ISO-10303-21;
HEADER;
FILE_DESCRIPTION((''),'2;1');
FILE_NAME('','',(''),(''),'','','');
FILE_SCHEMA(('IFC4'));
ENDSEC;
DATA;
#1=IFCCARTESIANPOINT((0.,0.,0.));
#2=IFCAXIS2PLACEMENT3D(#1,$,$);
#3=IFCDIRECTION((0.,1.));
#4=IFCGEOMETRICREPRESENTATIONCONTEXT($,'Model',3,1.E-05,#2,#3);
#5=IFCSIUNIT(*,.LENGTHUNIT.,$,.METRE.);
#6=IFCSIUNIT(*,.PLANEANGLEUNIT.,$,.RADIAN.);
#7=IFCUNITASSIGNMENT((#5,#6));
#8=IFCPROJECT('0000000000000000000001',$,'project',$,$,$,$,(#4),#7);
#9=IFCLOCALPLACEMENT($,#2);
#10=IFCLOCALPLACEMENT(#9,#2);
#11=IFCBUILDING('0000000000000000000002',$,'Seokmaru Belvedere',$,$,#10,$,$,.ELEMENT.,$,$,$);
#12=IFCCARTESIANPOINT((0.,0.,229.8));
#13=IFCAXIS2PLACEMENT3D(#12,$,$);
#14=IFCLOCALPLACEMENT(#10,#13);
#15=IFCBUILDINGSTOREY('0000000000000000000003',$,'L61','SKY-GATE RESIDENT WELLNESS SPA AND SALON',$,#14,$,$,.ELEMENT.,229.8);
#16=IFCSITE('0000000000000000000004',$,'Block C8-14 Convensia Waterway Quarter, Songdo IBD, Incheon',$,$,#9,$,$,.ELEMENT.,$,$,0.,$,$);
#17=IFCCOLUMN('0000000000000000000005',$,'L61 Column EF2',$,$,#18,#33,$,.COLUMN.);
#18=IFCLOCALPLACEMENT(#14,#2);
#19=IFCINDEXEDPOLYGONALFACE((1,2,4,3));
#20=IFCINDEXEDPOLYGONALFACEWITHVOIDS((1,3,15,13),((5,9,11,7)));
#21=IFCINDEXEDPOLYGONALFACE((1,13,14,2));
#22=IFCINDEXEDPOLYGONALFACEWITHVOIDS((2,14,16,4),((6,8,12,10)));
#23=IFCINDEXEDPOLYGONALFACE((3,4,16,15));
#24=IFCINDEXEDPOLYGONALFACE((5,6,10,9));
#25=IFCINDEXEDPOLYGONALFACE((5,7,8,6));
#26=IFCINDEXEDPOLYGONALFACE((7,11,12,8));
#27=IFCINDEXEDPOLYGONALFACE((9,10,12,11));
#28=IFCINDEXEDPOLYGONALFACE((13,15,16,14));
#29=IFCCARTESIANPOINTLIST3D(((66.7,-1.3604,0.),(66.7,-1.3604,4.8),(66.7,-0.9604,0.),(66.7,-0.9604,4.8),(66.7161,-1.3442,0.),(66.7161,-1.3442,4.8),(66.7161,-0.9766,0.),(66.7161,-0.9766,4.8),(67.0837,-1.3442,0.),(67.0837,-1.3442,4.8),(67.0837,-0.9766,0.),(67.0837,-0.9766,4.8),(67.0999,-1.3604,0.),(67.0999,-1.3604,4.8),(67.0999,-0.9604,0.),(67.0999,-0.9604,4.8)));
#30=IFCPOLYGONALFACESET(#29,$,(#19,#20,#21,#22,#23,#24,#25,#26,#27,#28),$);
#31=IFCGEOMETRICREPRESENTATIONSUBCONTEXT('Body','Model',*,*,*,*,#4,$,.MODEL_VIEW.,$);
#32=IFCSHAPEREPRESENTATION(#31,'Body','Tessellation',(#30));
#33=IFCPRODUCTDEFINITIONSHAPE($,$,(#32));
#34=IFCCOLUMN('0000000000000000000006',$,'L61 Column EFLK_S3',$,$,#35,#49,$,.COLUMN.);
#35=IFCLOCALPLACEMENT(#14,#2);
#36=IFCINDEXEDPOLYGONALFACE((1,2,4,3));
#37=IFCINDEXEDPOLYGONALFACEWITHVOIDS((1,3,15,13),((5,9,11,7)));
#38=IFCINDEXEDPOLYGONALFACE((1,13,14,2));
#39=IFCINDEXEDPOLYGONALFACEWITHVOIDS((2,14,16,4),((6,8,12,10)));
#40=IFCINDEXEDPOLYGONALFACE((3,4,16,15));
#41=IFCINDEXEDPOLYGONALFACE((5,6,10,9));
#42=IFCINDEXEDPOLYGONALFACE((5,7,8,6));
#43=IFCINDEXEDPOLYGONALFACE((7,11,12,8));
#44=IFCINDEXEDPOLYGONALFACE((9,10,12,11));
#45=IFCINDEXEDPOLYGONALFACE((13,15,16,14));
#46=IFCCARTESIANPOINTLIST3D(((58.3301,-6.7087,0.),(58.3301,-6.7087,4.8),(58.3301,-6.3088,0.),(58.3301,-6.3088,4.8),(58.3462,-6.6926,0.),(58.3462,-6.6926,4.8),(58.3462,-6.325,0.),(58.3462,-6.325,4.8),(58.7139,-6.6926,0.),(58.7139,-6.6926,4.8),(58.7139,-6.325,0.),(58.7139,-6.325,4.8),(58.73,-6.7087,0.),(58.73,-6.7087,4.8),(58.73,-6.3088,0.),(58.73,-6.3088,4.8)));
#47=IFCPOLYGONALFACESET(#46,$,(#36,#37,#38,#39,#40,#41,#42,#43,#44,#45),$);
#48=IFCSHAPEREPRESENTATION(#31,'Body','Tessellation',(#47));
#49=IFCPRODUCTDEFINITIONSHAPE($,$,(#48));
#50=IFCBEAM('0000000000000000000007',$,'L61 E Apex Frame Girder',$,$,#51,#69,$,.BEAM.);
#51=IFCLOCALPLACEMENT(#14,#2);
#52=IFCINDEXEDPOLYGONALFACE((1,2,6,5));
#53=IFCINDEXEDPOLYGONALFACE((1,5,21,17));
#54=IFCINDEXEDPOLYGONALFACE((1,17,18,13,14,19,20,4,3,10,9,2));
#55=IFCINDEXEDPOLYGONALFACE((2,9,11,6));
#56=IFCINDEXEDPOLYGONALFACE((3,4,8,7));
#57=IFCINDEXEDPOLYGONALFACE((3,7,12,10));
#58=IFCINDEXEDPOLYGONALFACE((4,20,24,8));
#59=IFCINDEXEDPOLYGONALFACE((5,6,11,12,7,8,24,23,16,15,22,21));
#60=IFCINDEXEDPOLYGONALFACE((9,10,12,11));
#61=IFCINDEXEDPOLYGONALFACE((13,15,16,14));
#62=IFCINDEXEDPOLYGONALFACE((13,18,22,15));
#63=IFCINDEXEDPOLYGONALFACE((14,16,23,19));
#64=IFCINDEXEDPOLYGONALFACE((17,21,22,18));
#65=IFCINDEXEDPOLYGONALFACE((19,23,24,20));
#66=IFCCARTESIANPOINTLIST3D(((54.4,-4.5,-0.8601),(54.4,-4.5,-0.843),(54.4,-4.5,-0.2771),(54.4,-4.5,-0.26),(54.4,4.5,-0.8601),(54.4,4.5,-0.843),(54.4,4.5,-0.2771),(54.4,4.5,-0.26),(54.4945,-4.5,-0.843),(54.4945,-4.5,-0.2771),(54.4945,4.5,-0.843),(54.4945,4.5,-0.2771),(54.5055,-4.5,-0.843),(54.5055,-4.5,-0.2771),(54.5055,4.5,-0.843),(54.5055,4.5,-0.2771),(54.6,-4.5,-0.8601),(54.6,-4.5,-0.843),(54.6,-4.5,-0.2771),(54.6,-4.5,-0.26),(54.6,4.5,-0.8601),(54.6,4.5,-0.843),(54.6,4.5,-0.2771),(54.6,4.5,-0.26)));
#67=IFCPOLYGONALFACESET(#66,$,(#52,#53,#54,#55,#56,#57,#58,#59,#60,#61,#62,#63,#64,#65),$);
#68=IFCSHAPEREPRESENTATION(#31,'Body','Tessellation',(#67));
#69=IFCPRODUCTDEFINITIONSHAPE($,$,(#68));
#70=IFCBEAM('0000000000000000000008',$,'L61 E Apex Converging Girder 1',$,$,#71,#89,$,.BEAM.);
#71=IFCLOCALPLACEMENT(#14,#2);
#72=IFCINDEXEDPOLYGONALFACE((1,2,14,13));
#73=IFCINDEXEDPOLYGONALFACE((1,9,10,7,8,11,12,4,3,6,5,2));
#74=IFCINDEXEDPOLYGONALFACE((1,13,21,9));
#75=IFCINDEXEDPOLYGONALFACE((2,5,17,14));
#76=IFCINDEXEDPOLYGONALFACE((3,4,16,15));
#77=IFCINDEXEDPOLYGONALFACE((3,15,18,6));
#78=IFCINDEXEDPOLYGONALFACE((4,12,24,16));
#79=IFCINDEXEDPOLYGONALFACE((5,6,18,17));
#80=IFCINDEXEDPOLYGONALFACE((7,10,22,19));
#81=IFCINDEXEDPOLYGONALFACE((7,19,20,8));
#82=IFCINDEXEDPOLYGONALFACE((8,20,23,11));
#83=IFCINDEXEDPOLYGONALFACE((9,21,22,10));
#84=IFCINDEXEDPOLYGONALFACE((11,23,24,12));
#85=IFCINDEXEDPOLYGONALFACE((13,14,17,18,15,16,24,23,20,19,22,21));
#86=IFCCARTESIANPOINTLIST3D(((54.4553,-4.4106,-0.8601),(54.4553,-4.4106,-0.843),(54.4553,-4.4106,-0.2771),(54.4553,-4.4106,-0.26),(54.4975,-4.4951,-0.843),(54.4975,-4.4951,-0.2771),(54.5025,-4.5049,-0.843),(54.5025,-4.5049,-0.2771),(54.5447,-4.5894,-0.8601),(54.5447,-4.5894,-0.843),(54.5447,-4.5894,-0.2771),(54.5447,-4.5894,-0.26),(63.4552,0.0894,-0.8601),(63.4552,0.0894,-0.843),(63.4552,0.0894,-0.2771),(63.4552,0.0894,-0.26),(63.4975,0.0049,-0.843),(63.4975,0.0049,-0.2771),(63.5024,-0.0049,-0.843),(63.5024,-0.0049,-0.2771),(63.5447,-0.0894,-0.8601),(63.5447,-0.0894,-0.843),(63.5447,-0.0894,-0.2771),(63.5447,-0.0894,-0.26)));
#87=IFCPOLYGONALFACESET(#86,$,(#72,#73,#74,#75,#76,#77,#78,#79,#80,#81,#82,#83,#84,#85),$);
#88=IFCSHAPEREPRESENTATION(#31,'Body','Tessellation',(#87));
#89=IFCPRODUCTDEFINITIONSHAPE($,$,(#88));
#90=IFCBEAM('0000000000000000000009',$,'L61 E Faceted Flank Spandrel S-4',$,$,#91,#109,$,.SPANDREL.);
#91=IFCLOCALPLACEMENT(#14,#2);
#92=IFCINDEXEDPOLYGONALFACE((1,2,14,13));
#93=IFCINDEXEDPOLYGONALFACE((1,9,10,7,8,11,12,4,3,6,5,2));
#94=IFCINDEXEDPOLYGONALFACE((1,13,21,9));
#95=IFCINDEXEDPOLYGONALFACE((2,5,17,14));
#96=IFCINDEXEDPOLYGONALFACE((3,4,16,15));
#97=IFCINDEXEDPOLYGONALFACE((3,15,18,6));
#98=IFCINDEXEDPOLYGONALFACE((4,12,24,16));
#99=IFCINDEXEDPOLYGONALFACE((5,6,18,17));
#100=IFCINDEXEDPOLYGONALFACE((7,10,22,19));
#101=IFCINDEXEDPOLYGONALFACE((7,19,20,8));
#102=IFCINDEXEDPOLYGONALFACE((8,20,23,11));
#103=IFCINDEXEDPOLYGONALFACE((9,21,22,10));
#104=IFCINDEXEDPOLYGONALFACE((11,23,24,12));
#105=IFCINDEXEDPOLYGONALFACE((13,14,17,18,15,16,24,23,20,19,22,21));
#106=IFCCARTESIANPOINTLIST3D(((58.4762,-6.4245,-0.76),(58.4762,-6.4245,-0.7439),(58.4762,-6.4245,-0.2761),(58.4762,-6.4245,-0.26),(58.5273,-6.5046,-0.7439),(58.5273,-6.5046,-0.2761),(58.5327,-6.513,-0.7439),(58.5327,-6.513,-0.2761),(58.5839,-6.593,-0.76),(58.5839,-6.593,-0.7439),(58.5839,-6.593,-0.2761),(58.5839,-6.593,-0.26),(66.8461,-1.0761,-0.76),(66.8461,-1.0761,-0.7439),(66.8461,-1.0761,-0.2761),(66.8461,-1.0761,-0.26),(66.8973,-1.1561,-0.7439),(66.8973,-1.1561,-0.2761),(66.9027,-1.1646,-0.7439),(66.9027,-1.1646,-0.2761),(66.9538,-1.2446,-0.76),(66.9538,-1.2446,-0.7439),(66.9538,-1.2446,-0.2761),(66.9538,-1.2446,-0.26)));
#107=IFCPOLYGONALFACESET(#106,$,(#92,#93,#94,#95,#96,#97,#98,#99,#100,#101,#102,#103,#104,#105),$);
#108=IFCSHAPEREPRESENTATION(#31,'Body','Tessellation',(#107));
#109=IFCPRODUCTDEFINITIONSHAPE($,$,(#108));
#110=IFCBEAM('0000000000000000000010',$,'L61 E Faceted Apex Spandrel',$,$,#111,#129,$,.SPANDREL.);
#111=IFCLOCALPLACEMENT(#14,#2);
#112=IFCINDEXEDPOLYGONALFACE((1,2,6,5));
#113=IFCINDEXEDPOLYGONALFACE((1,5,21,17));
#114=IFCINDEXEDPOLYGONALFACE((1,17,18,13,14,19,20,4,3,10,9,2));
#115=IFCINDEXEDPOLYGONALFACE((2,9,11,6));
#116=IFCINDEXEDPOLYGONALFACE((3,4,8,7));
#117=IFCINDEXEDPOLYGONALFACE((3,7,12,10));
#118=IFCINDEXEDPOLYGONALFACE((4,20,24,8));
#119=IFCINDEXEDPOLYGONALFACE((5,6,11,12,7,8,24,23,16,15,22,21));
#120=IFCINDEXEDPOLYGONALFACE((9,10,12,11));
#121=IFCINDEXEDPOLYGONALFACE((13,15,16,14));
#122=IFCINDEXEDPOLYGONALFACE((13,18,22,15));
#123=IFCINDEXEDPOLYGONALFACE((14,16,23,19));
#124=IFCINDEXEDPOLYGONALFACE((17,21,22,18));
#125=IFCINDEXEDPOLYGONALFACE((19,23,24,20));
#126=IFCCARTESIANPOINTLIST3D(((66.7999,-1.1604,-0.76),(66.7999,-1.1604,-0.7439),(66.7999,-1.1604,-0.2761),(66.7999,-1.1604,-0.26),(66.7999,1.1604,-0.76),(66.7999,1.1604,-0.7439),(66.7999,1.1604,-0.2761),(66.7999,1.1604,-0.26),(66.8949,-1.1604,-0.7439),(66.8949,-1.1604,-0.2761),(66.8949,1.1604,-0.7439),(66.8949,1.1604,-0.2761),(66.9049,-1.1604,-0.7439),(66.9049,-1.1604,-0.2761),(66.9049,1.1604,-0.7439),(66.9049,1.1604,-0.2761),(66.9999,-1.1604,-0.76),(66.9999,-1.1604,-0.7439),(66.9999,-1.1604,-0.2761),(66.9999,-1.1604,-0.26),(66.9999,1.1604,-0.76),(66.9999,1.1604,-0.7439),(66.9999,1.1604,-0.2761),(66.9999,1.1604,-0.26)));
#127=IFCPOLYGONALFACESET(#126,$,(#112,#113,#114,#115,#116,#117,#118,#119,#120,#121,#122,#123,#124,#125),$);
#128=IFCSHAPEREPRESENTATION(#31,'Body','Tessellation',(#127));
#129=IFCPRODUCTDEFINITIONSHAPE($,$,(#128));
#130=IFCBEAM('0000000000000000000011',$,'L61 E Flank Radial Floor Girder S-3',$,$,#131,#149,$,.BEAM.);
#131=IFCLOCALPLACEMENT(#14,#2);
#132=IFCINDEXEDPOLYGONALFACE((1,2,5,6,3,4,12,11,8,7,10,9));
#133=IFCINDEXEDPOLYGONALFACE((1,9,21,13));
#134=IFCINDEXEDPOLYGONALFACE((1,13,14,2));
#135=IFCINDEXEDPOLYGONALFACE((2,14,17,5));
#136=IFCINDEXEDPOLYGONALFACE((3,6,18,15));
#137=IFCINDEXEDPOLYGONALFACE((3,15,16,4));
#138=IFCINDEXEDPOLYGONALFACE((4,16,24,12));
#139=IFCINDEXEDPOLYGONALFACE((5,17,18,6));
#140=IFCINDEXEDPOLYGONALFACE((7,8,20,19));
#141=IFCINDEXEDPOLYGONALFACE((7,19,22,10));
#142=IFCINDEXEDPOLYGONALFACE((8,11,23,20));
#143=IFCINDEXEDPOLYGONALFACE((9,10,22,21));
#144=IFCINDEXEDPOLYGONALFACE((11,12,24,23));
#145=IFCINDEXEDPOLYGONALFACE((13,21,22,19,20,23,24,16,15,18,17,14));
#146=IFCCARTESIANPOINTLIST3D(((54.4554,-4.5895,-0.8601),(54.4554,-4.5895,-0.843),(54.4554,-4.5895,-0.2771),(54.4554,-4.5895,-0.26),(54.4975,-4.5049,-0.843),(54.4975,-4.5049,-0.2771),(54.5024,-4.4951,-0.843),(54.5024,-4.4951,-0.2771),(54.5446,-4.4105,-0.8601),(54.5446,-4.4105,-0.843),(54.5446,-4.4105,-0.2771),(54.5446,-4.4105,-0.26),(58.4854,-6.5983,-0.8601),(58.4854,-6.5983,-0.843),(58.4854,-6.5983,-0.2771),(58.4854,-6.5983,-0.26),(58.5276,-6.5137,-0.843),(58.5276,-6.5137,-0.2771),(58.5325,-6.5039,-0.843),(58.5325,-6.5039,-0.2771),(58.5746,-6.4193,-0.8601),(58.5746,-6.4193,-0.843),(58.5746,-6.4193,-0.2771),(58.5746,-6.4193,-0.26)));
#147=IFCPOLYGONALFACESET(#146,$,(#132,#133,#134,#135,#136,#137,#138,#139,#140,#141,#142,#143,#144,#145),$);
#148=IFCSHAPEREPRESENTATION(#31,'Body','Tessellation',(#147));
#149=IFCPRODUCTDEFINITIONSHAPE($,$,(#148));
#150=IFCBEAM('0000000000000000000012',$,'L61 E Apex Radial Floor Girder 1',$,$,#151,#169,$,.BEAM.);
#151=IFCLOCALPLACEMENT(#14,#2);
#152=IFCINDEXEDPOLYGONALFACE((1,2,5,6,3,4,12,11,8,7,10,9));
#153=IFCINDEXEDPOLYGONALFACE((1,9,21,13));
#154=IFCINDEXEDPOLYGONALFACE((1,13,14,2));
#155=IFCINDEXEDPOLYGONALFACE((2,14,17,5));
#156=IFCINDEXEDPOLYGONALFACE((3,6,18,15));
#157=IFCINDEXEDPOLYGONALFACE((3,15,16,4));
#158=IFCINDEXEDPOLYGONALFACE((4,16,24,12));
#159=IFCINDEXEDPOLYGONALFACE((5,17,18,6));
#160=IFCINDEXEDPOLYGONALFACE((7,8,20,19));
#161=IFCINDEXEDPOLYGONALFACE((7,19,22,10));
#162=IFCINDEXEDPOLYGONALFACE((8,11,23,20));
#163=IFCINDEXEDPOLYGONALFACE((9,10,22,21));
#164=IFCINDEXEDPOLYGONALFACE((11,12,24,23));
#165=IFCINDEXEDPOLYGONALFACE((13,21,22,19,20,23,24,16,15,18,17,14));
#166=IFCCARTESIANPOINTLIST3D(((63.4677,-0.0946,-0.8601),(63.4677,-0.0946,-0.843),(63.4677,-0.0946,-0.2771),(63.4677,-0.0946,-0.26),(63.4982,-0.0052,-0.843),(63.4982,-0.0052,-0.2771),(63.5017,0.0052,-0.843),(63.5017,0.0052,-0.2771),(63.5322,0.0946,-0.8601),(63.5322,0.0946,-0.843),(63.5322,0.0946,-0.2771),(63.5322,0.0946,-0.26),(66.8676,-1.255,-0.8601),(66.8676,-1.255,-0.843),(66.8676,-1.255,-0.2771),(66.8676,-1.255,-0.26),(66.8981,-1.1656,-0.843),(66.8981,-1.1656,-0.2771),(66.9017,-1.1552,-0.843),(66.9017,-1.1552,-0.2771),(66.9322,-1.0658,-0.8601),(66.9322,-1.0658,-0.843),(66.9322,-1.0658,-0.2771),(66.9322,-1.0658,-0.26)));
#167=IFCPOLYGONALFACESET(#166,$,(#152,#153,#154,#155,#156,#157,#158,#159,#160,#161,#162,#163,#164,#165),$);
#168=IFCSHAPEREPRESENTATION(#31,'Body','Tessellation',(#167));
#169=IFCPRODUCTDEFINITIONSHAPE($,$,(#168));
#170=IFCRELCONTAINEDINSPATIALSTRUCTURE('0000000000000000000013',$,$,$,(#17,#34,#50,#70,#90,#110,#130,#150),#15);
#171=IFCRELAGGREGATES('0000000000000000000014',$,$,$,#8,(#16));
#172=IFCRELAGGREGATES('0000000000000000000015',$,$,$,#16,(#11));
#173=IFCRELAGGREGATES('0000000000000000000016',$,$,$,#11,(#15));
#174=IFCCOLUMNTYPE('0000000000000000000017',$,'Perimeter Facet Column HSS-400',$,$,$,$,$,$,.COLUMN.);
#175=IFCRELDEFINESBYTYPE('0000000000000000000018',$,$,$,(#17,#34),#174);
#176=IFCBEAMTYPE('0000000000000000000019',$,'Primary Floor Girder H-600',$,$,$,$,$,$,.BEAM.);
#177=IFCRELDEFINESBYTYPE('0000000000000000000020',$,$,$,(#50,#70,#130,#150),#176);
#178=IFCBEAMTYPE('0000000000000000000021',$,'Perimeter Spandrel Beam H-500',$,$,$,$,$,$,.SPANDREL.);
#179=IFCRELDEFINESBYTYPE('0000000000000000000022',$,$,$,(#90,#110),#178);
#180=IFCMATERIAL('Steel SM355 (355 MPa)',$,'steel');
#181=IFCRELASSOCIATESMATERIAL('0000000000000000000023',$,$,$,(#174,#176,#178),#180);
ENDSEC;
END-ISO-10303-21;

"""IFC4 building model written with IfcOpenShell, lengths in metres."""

from ifc_helpers import new_model, si_unit, direction, frame, origin, origin_2d, place, context, subcontext, project, spatial, hollow_rectangle, i_section, extrude, source, transform, mapped, material, material_profile, profile_set, type_object, type_shapes, element, save


model = new_model("IFC4")

# Units and contexts
model_context = context("Model", 3, precision=1e-05, world=origin(), true_north=direction((0.0, 1.0)))
body_context = subcontext(model_context, "Body", "Model", "MODEL_VIEW")
ifc_project = project(units=[si_unit("LENGTHUNIT", "METRE"), si_unit("PLANEANGLEUNIT", "RADIAN")], contexts=[model_context])

# Site, building, storey
site_placement = place(None, origin())
site = spatial("IfcSite", under=ifc_project, at=site_placement, Name="Block C8-14 Convensia Waterway Quarter, Songdo IBD, Incheon", CompositionType="ELEMENT", RefElevation=0.0)
building_placement = place(site_placement, origin())
building = spatial("IfcBuilding", under=site, at=building_placement, Name="Seokmaru Belvedere", CompositionType="ELEMENT")
storey_placement = place(building_placement, frame((0.0, 0.0, 229.8)))
storey = spatial("IfcBuildingStorey", under=building, at=storey_placement, Name="L61", Description="SKY-GATE RESIDENT WELLNESS SPA AND SALON", CompositionType="ELEMENT", Elevation=229.8)

# Columns
ifc_material_1 = material(Name="Steel SM355 (355 MPa)", Category="steel")
ifc_material_profile_1 = material_profile(ifc_material_1, hollow_rectangle(XDim=0.3999, YDim=0.3999, WallThickness=0.0161, at=origin_2d()), Name="HSS-400x400x16")
ifc_profile_set_1 = profile_set([ifc_material_profile_1], Name="Steel SM355 (355 MPa)")
column_type = type_object("IfcColumnType", Name="Perimeter Facet Column HSS-400", PredefinedType="COLUMN", material=ifc_profile_set_1)
shared_shape_1 = source(origin(), body_context, "Body", "SweptSolid", [
    extrude(hollow_rectangle(XDim=0.3999, YDim=0.3999, WallThickness=0.0161, at=origin_2d()), origin(), (0.0, 0.0, 1.0), 4.8),
])
type_shapes(column_type, [shared_shape_1])
for number, where, z_axis, x_axis, name in (
    (1, (66.8999, -1.1604, 0.0), (0.0, 0.0, 1.0), (1.0, 0.0, 0.0), "L61 Column EF2"),
    (2, (58.53, -6.5088, 0.0), (0.0, 0.0, 1.0), (1.0, 0.0, 0.0), "L61 Column EFLK_S3"),
):
    element("IfcColumn", number, at=place(storey_placement, frame(where, z_axis=z_axis, x_axis=x_axis)), inside=storey, type_object=column_type, Name=name, PredefinedType="COLUMN", context=body_context, shape_type="MappedRepresentation", body=[
        mapped(shared_shape_1, transform((0.0, 0.0, 0.0), scale=1.0)),
    ])

# Beams
ifc_material_profile_2 = material_profile(ifc_material_1, i_section(OverallWidth=0.2, OverallDepth=0.6001, WebThickness=0.011, FlangeThickness=0.0171, at=origin_2d()), Name="H-600x200x11x17")
ifc_profile_set_2 = profile_set([ifc_material_profile_2], Name="Steel SM355 (355 MPa)")
beam_type_1 = type_object("IfcBeamType", Name="Primary Floor Girder H-600", PredefinedType="BEAM", material=ifc_profile_set_2)
shared_shape_2 = source(origin(), body_context, "Body", "SweptSolid", [
    extrude(i_section(OverallWidth=0.2, OverallDepth=0.6001, WebThickness=0.011, FlangeThickness=0.0171, at=origin_2d()), origin(), (0.0, 0.0, 1.0), 9.0),
])
beam_1_placement = place(storey_placement, frame((54.5, -4.5, -0.5601), z_axis=(0.0, 1.0, 0.0), x_axis=(-1.0, 0.0, 0.0)))
element("IfcBeam", 3, at=beam_1_placement, inside=storey, type_object=beam_type_1, Name="L61 E Apex Frame Girder", PredefinedType="BEAM", context=body_context, shape_type="MappedRepresentation", body=[
    mapped(shared_shape_2, transform((0.0, 0.0, 0.0), scale=1.0)),
])
shared_shape_3 = source(origin(), body_context, "Body", "SweptSolid", [
    extrude(i_section(OverallWidth=0.2, OverallDepth=0.6001, WebThickness=0.011, FlangeThickness=0.0171, at=origin_2d()), origin(), (0.0, 0.0, 1.0), 10.0623),
])
beam_2_placement = place(storey_placement, frame((54.5, -4.5, -0.5601), z_axis=(0.894427, 0.447214, 0.0), x_axis=(-0.447214, 0.894427, 0.0)))
element("IfcBeam", 4, at=beam_2_placement, inside=storey, type_object=beam_type_1, Name="L61 E Apex Converging Girder 1", PredefinedType="BEAM", context=body_context, shape_type="MappedRepresentation", body=[
    mapped(shared_shape_3, transform((0.0, 0.0, 0.0), scale=1.0)),
])
ifc_material_profile_3 = material_profile(ifc_material_1, i_section(OverallWidth=0.2, OverallDepth=0.5, WebThickness=0.01, FlangeThickness=0.0161, at=origin_2d()), Name="H-500x200x10x16")
ifc_profile_set_3 = profile_set([ifc_material_profile_3], Name="Steel SM355 (355 MPa)")
beam_type_2 = type_object("IfcBeamType", Name="Perimeter Spandrel Beam H-500", PredefinedType="SPANDREL", material=ifc_profile_set_3)
shared_shape_4 = source(origin(), body_context, "Body", "SweptSolid", [
    extrude(i_section(OverallWidth=0.2, OverallDepth=0.5, WebThickness=0.01, FlangeThickness=0.0161, at=origin_2d()), origin(), (0.0, 0.0, 1.0), 9.9329),
])
beam_3_placement = place(storey_placement, frame((58.53, -6.5088, -0.51), z_axis=(0.842652, 0.538459, 0.0), x_axis=(-0.538459, 0.842652, 0.0)))
element("IfcBeam", 5, at=beam_3_placement, inside=storey, type_object=beam_type_2, Name="L61 E Faceted Flank Spandrel S-4", PredefinedType="SPANDREL", context=body_context, shape_type="MappedRepresentation", body=[
    mapped(shared_shape_4, transform((0.0, 0.0, 0.0), scale=1.0)),
])
shared_shape_5 = source(origin(), body_context, "Body", "SweptSolid", [
    extrude(i_section(OverallWidth=0.2, OverallDepth=0.5, WebThickness=0.01, FlangeThickness=0.0161, at=origin_2d()), origin(), (0.0, 0.0, 1.0), 2.3208),
])
type_shapes(beam_type_2, [shared_shape_4, shared_shape_5])
beam_4_placement = place(storey_placement, frame((66.8999, -1.1604, -0.51), z_axis=(0.0, 1.0, 0.0), x_axis=(-1.0, 0.0, 0.0)))
element("IfcBeam", 6, at=beam_4_placement, inside=storey, type_object=beam_type_2, Name="L61 E Faceted Apex Spandrel", PredefinedType="SPANDREL", context=body_context, shape_type="MappedRepresentation", body=[
    mapped(shared_shape_5, transform((0.0, 0.0, 0.0), scale=1.0)),
])
shared_shape_6 = source(origin(), body_context, "Body", "SweptSolid", [
    extrude(i_section(OverallWidth=0.2, OverallDepth=0.6001, WebThickness=0.011, FlangeThickness=0.0171, at=origin_2d()), origin(), (0.0, 0.0, 1.0), 4.5029),
])
beam_5_placement = place(storey_placement, frame((58.53, -6.5088, -0.5601), z_axis=(-0.89498, 0.446107, 0.0), x_axis=(-0.446107, -0.89498, 0.0)))
element("IfcBeam", 7, at=beam_5_placement, inside=storey, type_object=beam_type_1, Name="L61 E Flank Radial Floor Girder S-3", PredefinedType="BEAM", context=body_context, shape_type="MappedRepresentation", body=[
    mapped(shared_shape_6, transform((0.0, 0.0, 0.0), scale=1.0)),
])
shared_shape_7 = source(origin(), body_context, "Body", "SweptSolid", [
    extrude(i_section(OverallWidth=0.2, OverallDepth=0.6001, WebThickness=0.011, FlangeThickness=0.0171, at=origin_2d()), origin(), (0.0, 0.0, 1.0), 3.5925),
])
type_shapes(beam_type_1, [shared_shape_2, shared_shape_3, shared_shape_6, shared_shape_7])
beam_6_placement = place(storey_placement, frame((66.8999, -1.1604, -0.5601), z_axis=(-0.946396, 0.323009, 0.0), x_axis=(-0.323009, -0.946396, 0.0)))
element("IfcBeam", 8, at=beam_6_placement, inside=storey, type_object=beam_type_1, Name="L61 E Apex Radial Floor Girder 1", PredefinedType="BEAM", context=body_context, shape_type="MappedRepresentation", body=[
    mapped(shared_shape_7, transform((0.0, 0.0, 0.0), scale=1.0)),
])

save(model, "model.ifc")
